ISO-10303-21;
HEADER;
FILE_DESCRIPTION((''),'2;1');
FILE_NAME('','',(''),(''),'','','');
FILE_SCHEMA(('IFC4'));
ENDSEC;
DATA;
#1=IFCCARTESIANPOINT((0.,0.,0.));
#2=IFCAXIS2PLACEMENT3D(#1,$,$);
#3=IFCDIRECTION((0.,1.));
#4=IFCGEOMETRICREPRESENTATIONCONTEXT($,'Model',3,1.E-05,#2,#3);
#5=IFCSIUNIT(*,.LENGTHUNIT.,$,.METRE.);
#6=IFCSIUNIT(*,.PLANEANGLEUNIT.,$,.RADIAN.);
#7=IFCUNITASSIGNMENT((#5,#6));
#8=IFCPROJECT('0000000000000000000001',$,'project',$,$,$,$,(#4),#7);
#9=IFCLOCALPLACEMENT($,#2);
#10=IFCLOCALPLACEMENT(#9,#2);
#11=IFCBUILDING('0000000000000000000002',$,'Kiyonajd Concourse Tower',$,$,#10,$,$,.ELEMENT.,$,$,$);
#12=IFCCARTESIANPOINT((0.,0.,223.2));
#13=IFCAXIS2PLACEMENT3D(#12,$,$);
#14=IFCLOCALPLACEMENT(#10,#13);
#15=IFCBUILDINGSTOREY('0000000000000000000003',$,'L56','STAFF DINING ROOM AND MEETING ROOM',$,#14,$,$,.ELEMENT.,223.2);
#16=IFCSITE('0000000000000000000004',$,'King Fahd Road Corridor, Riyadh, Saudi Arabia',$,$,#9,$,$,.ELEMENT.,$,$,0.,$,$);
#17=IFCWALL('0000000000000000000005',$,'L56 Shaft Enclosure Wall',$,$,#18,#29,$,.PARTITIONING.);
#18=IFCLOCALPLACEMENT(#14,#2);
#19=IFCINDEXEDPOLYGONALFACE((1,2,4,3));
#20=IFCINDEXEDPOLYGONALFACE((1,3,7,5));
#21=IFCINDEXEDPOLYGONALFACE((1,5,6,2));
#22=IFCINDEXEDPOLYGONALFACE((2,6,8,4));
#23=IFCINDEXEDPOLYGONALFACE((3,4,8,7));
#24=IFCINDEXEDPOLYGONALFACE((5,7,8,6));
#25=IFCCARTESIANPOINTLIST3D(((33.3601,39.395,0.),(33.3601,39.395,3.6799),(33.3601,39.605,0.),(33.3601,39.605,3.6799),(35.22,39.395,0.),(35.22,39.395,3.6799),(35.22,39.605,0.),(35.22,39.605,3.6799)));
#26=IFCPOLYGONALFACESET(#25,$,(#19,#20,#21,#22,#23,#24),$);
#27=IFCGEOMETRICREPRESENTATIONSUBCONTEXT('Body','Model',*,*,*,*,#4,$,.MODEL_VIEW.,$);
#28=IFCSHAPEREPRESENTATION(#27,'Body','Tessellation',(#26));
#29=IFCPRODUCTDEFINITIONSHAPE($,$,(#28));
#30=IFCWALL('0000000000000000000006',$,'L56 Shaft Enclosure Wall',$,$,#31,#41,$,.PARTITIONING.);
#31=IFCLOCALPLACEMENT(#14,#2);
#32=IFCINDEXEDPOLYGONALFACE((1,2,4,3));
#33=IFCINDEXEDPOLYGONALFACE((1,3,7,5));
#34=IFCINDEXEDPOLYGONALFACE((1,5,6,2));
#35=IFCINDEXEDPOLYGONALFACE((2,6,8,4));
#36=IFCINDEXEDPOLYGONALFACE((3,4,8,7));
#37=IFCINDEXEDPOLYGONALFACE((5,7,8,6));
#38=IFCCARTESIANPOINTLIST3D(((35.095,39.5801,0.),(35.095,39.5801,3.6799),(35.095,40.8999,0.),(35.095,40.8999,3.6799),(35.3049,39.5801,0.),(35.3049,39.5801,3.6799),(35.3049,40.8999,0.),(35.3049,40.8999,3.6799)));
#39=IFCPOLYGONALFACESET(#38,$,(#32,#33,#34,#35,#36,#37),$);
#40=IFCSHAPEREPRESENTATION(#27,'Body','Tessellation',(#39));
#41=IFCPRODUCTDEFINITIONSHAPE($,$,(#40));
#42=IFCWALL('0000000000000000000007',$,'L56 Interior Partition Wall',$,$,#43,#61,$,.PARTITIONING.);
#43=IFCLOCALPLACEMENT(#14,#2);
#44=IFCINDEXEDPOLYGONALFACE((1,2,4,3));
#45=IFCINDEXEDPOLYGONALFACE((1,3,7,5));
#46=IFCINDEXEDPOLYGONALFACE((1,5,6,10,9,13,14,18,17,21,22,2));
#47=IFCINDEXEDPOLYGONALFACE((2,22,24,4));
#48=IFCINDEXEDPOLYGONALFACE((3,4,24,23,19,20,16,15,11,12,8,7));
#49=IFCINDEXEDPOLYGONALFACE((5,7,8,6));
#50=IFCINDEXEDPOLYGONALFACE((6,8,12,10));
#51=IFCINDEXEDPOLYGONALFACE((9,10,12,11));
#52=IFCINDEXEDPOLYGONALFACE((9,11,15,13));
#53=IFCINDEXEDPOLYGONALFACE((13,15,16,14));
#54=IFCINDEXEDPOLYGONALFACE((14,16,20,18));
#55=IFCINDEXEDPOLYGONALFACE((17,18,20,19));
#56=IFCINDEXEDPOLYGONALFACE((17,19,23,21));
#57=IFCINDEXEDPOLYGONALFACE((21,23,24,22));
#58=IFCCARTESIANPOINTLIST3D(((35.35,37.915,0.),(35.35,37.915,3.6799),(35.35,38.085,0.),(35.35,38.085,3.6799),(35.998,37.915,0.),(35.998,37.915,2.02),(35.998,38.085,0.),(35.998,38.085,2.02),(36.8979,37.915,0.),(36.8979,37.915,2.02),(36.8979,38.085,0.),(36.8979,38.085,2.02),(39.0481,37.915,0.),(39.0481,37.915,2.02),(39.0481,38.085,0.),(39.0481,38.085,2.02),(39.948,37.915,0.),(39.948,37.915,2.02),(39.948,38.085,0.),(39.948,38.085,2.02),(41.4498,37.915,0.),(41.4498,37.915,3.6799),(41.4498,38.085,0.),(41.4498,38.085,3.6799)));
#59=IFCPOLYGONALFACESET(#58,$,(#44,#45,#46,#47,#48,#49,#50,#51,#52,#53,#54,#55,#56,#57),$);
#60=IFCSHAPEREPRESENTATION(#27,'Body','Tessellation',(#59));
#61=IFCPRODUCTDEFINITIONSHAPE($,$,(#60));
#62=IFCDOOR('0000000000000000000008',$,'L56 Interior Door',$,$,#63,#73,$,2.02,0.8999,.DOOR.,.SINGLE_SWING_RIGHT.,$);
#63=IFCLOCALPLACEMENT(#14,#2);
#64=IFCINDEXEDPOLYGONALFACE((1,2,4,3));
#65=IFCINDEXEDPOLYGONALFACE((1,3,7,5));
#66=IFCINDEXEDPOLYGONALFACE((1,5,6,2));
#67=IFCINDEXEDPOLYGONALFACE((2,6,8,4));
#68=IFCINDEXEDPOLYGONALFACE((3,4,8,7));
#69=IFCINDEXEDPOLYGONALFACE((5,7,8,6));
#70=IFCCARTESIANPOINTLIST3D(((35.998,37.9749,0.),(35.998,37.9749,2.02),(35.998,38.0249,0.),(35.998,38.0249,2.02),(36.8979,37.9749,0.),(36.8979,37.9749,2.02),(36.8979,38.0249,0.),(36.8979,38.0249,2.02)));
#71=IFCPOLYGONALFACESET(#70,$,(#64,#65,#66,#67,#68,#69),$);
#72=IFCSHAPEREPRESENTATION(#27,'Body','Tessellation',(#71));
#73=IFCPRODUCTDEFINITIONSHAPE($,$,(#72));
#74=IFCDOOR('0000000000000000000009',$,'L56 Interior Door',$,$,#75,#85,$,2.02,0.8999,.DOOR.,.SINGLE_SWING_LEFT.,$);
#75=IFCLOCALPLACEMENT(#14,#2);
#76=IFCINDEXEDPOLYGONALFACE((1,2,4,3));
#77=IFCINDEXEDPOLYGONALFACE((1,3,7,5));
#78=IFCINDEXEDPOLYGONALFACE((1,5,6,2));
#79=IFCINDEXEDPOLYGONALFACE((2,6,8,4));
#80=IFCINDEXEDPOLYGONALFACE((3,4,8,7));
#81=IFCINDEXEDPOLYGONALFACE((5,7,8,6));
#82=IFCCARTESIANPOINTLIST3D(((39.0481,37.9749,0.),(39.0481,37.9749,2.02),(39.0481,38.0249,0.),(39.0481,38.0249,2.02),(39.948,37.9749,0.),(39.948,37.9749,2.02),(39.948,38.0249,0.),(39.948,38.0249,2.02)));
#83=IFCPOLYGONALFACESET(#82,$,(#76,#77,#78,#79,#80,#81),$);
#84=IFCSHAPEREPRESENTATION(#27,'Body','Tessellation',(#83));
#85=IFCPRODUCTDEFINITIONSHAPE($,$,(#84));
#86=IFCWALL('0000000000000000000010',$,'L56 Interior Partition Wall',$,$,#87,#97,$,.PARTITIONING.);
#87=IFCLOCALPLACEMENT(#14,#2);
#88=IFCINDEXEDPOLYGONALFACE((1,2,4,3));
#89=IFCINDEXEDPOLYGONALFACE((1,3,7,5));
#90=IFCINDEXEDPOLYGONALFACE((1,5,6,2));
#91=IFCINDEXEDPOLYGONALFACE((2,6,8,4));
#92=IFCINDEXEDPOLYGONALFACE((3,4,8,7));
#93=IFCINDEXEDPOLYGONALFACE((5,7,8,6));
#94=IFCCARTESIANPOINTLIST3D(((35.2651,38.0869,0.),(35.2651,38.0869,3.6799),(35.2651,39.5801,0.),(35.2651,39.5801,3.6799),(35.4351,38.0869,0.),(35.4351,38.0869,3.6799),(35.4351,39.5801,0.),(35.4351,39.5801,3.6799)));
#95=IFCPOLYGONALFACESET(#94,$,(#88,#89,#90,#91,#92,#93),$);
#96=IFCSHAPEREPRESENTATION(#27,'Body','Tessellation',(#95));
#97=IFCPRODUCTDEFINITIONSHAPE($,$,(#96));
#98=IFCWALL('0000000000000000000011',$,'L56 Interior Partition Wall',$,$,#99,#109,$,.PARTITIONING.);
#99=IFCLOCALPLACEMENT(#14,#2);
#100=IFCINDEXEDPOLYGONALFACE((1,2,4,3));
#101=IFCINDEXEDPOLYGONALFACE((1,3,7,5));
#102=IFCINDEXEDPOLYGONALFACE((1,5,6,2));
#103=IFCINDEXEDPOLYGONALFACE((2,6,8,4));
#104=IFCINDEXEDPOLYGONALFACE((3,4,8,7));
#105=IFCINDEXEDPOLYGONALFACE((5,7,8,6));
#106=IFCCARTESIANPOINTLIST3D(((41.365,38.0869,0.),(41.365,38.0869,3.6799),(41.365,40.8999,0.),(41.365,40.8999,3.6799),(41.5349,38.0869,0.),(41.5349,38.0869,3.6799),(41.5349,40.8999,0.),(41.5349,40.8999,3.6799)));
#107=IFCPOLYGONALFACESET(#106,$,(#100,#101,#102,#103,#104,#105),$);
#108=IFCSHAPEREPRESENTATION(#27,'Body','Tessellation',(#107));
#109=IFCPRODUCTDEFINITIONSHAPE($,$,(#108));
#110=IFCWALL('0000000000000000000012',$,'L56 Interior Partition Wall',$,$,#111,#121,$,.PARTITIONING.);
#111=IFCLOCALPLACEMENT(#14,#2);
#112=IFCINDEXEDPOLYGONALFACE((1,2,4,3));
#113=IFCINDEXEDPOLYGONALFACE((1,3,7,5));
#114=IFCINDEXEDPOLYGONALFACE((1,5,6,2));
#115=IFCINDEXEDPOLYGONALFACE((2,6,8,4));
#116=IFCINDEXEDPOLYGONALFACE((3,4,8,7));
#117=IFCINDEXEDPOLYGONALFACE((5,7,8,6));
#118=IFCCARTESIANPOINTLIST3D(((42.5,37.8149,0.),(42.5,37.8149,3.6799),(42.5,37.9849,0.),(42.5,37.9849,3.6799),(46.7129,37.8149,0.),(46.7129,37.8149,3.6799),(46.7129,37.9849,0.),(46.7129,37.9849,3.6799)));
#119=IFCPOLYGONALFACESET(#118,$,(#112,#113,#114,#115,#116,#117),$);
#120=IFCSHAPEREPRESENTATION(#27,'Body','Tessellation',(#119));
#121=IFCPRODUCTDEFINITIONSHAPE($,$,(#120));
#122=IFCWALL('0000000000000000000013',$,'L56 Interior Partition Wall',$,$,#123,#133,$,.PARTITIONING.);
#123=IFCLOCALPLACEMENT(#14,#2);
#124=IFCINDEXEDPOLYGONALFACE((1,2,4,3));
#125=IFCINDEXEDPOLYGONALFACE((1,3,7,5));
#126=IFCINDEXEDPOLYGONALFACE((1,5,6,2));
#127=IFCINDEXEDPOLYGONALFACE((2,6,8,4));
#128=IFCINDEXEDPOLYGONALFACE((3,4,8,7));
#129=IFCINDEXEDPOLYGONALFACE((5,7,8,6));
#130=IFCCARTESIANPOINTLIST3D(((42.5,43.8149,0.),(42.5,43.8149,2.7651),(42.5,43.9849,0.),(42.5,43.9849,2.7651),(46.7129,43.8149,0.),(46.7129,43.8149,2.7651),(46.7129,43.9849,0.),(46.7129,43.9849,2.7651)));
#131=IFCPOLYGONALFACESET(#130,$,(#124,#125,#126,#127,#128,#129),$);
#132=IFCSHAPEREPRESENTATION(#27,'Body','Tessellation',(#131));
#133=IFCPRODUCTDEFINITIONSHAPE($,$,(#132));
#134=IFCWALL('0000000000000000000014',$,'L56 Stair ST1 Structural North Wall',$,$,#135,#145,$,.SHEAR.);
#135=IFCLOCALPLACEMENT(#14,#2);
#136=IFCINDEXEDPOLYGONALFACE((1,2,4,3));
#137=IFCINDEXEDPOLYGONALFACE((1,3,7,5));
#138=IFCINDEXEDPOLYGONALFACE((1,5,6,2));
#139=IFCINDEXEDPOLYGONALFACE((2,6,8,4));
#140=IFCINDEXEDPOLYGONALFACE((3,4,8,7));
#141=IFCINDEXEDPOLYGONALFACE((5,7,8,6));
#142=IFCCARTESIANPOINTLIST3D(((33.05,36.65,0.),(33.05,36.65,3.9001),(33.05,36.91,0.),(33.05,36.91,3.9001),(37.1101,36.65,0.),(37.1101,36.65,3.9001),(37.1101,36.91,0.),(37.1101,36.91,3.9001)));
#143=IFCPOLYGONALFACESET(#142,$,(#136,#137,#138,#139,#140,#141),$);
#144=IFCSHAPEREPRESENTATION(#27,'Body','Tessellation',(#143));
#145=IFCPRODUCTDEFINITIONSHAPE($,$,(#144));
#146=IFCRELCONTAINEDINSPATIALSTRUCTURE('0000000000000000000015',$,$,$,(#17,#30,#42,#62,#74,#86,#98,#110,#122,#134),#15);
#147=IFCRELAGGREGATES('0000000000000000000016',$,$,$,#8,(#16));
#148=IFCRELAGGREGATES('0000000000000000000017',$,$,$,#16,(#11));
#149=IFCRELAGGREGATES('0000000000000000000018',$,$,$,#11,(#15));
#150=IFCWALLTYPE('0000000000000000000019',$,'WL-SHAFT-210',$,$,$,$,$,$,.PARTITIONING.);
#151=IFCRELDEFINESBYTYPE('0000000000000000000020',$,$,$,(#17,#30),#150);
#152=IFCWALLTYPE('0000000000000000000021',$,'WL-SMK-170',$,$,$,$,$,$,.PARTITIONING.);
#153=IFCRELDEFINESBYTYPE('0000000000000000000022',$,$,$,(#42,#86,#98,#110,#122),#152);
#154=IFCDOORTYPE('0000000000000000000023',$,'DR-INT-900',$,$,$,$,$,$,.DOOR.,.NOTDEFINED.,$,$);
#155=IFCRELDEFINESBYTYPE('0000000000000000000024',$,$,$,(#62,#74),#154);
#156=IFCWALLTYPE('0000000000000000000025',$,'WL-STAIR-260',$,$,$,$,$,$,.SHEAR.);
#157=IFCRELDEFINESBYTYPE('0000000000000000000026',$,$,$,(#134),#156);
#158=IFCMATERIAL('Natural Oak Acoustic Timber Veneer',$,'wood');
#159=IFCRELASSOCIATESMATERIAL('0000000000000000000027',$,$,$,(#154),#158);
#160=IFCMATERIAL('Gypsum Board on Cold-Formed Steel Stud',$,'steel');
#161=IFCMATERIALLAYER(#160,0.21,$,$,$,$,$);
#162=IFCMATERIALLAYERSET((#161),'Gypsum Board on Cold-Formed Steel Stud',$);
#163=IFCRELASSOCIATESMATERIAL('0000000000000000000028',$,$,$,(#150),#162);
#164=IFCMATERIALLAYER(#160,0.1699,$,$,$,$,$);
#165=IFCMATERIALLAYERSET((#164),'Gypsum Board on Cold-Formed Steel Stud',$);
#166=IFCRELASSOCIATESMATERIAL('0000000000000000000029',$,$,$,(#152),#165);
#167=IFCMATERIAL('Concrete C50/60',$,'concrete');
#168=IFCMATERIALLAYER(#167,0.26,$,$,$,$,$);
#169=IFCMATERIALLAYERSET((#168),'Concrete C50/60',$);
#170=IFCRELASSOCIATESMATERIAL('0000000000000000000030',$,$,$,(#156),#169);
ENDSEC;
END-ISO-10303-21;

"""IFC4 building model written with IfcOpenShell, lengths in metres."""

from ifc_helpers import new_model, si_unit, direction, frame, frame_2d, origin, place, context, subcontext, project, spatial, rectangle, extrude, material, layer, layer_set, type_object, element, fill, save


model = new_model("IFC4")

# Units and contexts
model_context = context("Model", 3, precision=1e-05, world=origin(), true_north=direction((0.0, 1.0)))
body_context = subcontext(model_context, "Body", "Model", "MODEL_VIEW")
ifc_project = project(units=[si_unit("LENGTHUNIT", "METRE"), si_unit("PLANEANGLEUNIT", "RADIAN")], contexts=[model_context])

# Site, building, storey
site_placement = place(None, origin())
site = spatial("IfcSite", under=ifc_project, at=site_placement, Name="King Fahd Road Corridor, Riyadh, Saudi Arabia", CompositionType="ELEMENT", RefElevation=0.0)
building_placement = place(site_placement, origin())
building = spatial("IfcBuilding", under=site, at=building_placement, Name="Kiyonajd Concourse Tower", CompositionType="ELEMENT")
storey_placement = place(building_placement, frame((0.0, 0.0, 223.2)))
storey = spatial("IfcBuildingStorey", under=building, at=storey_placement, Name="L56", Description="STAFF DINING ROOM AND MEETING ROOM", CompositionType="ELEMENT", Elevation=223.2)

# Shared definitions
ifc_material_1 = material(Name="Natural Oak Acoustic Timber Veneer", Category="wood")
door_type_1 = type_object("IfcDoorType", Name="DR-INT-900", OperationType="NOTDEFINED", PredefinedType="DOOR", material=ifc_material_1)

# Walls
ifc_material_2 = material(Name="Gypsum Board on Cold-Formed Steel Stud", Category="steel")
ifc_layer_1 = layer(ifc_material_2, 0.21)
ifc_layer_set_1 = layer_set([ifc_layer_1], Name="Gypsum Board on Cold-Formed Steel Stud")
wall_type_1 = type_object("IfcWallType", Name="WL-SHAFT-210", PredefinedType="PARTITIONING", material=ifc_layer_set_1)
wall_1_placement = place(storey_placement, frame((33.3601, 39.5, 0.0), z_axis=(0.0, 0.0, 1.0), x_axis=(1.0, 0.0, 0.0)))
element("IfcWall", 1, at=wall_1_placement, inside=storey, type_object=wall_type_1, Name="L56 Shaft Enclosure Wall", PredefinedType="PARTITIONING", context=body_context, shape_type="SweptSolid", body=[
    extrude(rectangle(XDim=1.8599, YDim=0.21, at=frame_2d((0.9299, 0.0))), origin(), (0.0, 0.0, 1.0), 3.6799),
])
wall_2_placement = place(storey_placement, frame((35.2, 39.5801, 0.0), z_axis=(0.0, 0.0, 1.0), x_axis=(0.0, 1.0, 0.0)))
element("IfcWall", 2, at=wall_2_placement, inside=storey, type_object=wall_type_1, Name="L56 Shaft Enclosure Wall", PredefinedType="PARTITIONING", context=body_context, shape_type="SweptSolid", body=[
    extrude(rectangle(XDim=1.3198, YDim=0.21, at=frame_2d((0.6599, 0.0))), origin(), (0.0, 0.0, 1.0), 3.6799),
])

# Wall, openings, doors
ifc_layer_2 = layer(ifc_material_2, 0.1699)
ifc_layer_set_2 = layer_set([ifc_layer_2], Name="Gypsum Board on Cold-Formed Steel Stud")
wall_type_2 = type_object("IfcWallType", Name="WL-SMK-170", PredefinedType="PARTITIONING", material=ifc_layer_set_2)
wall_3_placement = place(storey_placement, frame((35.3501, 38.0, 0.0), z_axis=(0.0, 0.0, 1.0), x_axis=(1.0, 0.0, 0.0)))
wall_3 = element("IfcWall", 3, at=wall_3_placement, inside=storey, type_object=wall_type_2, Name="L56 Interior Partition Wall", PredefinedType="PARTITIONING", context=body_context, shape_type="SweptSolid", body=[
    extrude(rectangle(XDim=6.0999, YDim=0.1699, at=frame_2d((3.0498, 0.0))), origin(), (0.0, 0.0, 1.0), 3.6799),
])
opening_1_placement = place(wall_3_placement, frame((0.6479, 0.0, 0.0)))
opening_1 = element("IfcOpeningElement", 4, at=opening_1_placement, cuts=wall_3, PredefinedType="OPENING", context=body_context, shape_type="SweptSolid", body=[
    extrude(rectangle(XDim=0.8999, YDim=2.02, at=frame_2d((0.45, 1.01))), frame((0.0, 0.095, 0.0), z_axis=(0.0, -1.0, 0.0), x_axis=(1.0, 0.0, 0.0)), (0.0, 0.0, 1.0), 0.1899),
])
opening_2_placement = place(wall_3_placement, frame((3.698, 0.0, 0.0)))
opening_2 = element("IfcOpeningElement", 5, at=opening_2_placement, cuts=wall_3, PredefinedType="OPENING", context=body_context, shape_type="SweptSolid", body=[
    extrude(rectangle(XDim=0.8999, YDim=2.02, at=frame_2d((0.45, 1.01))), frame((0.0, 0.095, 0.0), z_axis=(0.0, -1.0, 0.0), x_axis=(1.0, 0.0, 0.0)), (0.0, 0.0, 1.0), 0.1899),
])
door_1_placement = place(opening_1_placement, origin())
door_1 = element("IfcDoor", 6, at=door_1_placement, inside=storey, type_object=door_type_1, Name="L56 Interior Door", OperationType="SINGLE_SWING_RIGHT", OverallHeight=2.02, OverallWidth=0.8999, PredefinedType="DOOR", context=body_context, shape_type="SweptSolid", body=[
    extrude(rectangle(XDim=0.8999, YDim=2.02, at=frame_2d((0.45, 1.01))), frame((0.0, 0.0249, 0.0), z_axis=(0.0, -1.0, 0.0), x_axis=(1.0, 0.0, 0.0)), (0.0, 0.0, 1.0), 0.05),
])
fill(opening_1, door_1)
door_2_placement = place(opening_2_placement, origin())
door_2 = element("IfcDoor", 7, at=door_2_placement, inside=storey, type_object=door_type_1, Name="L56 Interior Door", OperationType="SINGLE_SWING_LEFT", OverallHeight=2.02, OverallWidth=0.8999, PredefinedType="DOOR", context=body_context, shape_type="SweptSolid", body=[
    extrude(rectangle(XDim=0.8999, YDim=2.02, at=frame_2d((0.45, 1.01))), frame((0.0, 0.0249, 0.0), z_axis=(0.0, -1.0, 0.0), x_axis=(1.0, 0.0, 0.0)), (0.0, 0.0, 1.0), 0.05),
])
fill(opening_2, door_2)

# Walls
wall_4_placement = place(storey_placement, frame((35.3501, 38.0869, 0.0), z_axis=(0.0, 0.0, 1.0), x_axis=(0.0, 1.0, 0.0)))
element("IfcWall", 8, at=wall_4_placement, inside=storey, type_object=wall_type_2, Name="L56 Interior Partition Wall", PredefinedType="PARTITIONING", context=body_context, shape_type="SweptSolid", body=[
    extrude(rectangle(XDim=1.4932, YDim=0.1699, at=frame_2d((0.7466, 0.0))), origin(), (0.0, 0.0, 1.0), 3.6799),
])
wall_5_placement = place(storey_placement, frame((41.45, 38.0869, 0.0), z_axis=(0.0, 0.0, 1.0), x_axis=(0.0, 1.0, 0.0)))
element("IfcWall", 9, at=wall_5_placement, inside=storey, type_object=wall_type_2, Name="L56 Interior Partition Wall", PredefinedType="PARTITIONING", context=body_context, shape_type="SweptSolid", body=[
    extrude(rectangle(XDim=2.813, YDim=0.1699, at=frame_2d((1.4065, 0.0))), origin(), (0.0, 0.0, 1.0), 3.6799),
])
wall_6_placement = place(storey_placement, frame((42.5, 37.8999, 0.0), z_axis=(0.0, 0.0, 1.0), x_axis=(1.0, 0.0, 0.0)))
element("IfcWall", 10, at=wall_6_placement, inside=storey, type_object=wall_type_2, Name="L56 Interior Partition Wall", PredefinedType="PARTITIONING", context=body_context, shape_type="SweptSolid", body=[
    extrude(rectangle(XDim=4.2129, YDim=0.1699, at=frame_2d((2.1064, 0.0))), origin(), (0.0, 0.0, 1.0), 3.6799),
])
wall_7_placement = place(storey_placement, frame((42.5, 43.8999, 0.0), z_axis=(0.0, 0.0, 1.0), x_axis=(1.0, 0.0, 0.0)))
element("IfcWall", 11, at=wall_7_placement, inside=storey, type_object=wall_type_2, Name="L56 Interior Partition Wall", PredefinedType="PARTITIONING", context=body_context, shape_type="SweptSolid", body=[
    extrude(rectangle(XDim=4.2129, YDim=0.1699, at=frame_2d((2.1064, 0.0))), origin(), (0.0, 0.0, 1.0), 2.7651),
])
ifc_material_3 = material(Name="Concrete C50/60", Category="concrete")
ifc_layer_3 = layer(ifc_material_3, 0.26)
ifc_layer_set_3 = layer_set([ifc_layer_3], Name="Concrete C50/60")
wall_type_3 = type_object("IfcWallType", Name="WL-STAIR-260", PredefinedType="SHEAR", material=ifc_layer_set_3)
wall_8_placement = place(storey_placement, frame((33.05, 36.78, 0.0), z_axis=(0.0, 0.0, 1.0), x_axis=(1.0, 0.0, 0.0)))
element("IfcWall", 12, at=wall_8_placement, inside=storey, type_object=wall_type_3, Name="L56 Stair ST1 Structural North Wall", PredefinedType="SHEAR", context=body_context, shape_type="SweptSolid", body=[
    extrude(rectangle(XDim=4.0601, YDim=0.26, at=frame_2d((2.03, 0.0))), origin(), (0.0, 0.0, 1.0), 3.9001),
])

save(model, "model.ifc")
